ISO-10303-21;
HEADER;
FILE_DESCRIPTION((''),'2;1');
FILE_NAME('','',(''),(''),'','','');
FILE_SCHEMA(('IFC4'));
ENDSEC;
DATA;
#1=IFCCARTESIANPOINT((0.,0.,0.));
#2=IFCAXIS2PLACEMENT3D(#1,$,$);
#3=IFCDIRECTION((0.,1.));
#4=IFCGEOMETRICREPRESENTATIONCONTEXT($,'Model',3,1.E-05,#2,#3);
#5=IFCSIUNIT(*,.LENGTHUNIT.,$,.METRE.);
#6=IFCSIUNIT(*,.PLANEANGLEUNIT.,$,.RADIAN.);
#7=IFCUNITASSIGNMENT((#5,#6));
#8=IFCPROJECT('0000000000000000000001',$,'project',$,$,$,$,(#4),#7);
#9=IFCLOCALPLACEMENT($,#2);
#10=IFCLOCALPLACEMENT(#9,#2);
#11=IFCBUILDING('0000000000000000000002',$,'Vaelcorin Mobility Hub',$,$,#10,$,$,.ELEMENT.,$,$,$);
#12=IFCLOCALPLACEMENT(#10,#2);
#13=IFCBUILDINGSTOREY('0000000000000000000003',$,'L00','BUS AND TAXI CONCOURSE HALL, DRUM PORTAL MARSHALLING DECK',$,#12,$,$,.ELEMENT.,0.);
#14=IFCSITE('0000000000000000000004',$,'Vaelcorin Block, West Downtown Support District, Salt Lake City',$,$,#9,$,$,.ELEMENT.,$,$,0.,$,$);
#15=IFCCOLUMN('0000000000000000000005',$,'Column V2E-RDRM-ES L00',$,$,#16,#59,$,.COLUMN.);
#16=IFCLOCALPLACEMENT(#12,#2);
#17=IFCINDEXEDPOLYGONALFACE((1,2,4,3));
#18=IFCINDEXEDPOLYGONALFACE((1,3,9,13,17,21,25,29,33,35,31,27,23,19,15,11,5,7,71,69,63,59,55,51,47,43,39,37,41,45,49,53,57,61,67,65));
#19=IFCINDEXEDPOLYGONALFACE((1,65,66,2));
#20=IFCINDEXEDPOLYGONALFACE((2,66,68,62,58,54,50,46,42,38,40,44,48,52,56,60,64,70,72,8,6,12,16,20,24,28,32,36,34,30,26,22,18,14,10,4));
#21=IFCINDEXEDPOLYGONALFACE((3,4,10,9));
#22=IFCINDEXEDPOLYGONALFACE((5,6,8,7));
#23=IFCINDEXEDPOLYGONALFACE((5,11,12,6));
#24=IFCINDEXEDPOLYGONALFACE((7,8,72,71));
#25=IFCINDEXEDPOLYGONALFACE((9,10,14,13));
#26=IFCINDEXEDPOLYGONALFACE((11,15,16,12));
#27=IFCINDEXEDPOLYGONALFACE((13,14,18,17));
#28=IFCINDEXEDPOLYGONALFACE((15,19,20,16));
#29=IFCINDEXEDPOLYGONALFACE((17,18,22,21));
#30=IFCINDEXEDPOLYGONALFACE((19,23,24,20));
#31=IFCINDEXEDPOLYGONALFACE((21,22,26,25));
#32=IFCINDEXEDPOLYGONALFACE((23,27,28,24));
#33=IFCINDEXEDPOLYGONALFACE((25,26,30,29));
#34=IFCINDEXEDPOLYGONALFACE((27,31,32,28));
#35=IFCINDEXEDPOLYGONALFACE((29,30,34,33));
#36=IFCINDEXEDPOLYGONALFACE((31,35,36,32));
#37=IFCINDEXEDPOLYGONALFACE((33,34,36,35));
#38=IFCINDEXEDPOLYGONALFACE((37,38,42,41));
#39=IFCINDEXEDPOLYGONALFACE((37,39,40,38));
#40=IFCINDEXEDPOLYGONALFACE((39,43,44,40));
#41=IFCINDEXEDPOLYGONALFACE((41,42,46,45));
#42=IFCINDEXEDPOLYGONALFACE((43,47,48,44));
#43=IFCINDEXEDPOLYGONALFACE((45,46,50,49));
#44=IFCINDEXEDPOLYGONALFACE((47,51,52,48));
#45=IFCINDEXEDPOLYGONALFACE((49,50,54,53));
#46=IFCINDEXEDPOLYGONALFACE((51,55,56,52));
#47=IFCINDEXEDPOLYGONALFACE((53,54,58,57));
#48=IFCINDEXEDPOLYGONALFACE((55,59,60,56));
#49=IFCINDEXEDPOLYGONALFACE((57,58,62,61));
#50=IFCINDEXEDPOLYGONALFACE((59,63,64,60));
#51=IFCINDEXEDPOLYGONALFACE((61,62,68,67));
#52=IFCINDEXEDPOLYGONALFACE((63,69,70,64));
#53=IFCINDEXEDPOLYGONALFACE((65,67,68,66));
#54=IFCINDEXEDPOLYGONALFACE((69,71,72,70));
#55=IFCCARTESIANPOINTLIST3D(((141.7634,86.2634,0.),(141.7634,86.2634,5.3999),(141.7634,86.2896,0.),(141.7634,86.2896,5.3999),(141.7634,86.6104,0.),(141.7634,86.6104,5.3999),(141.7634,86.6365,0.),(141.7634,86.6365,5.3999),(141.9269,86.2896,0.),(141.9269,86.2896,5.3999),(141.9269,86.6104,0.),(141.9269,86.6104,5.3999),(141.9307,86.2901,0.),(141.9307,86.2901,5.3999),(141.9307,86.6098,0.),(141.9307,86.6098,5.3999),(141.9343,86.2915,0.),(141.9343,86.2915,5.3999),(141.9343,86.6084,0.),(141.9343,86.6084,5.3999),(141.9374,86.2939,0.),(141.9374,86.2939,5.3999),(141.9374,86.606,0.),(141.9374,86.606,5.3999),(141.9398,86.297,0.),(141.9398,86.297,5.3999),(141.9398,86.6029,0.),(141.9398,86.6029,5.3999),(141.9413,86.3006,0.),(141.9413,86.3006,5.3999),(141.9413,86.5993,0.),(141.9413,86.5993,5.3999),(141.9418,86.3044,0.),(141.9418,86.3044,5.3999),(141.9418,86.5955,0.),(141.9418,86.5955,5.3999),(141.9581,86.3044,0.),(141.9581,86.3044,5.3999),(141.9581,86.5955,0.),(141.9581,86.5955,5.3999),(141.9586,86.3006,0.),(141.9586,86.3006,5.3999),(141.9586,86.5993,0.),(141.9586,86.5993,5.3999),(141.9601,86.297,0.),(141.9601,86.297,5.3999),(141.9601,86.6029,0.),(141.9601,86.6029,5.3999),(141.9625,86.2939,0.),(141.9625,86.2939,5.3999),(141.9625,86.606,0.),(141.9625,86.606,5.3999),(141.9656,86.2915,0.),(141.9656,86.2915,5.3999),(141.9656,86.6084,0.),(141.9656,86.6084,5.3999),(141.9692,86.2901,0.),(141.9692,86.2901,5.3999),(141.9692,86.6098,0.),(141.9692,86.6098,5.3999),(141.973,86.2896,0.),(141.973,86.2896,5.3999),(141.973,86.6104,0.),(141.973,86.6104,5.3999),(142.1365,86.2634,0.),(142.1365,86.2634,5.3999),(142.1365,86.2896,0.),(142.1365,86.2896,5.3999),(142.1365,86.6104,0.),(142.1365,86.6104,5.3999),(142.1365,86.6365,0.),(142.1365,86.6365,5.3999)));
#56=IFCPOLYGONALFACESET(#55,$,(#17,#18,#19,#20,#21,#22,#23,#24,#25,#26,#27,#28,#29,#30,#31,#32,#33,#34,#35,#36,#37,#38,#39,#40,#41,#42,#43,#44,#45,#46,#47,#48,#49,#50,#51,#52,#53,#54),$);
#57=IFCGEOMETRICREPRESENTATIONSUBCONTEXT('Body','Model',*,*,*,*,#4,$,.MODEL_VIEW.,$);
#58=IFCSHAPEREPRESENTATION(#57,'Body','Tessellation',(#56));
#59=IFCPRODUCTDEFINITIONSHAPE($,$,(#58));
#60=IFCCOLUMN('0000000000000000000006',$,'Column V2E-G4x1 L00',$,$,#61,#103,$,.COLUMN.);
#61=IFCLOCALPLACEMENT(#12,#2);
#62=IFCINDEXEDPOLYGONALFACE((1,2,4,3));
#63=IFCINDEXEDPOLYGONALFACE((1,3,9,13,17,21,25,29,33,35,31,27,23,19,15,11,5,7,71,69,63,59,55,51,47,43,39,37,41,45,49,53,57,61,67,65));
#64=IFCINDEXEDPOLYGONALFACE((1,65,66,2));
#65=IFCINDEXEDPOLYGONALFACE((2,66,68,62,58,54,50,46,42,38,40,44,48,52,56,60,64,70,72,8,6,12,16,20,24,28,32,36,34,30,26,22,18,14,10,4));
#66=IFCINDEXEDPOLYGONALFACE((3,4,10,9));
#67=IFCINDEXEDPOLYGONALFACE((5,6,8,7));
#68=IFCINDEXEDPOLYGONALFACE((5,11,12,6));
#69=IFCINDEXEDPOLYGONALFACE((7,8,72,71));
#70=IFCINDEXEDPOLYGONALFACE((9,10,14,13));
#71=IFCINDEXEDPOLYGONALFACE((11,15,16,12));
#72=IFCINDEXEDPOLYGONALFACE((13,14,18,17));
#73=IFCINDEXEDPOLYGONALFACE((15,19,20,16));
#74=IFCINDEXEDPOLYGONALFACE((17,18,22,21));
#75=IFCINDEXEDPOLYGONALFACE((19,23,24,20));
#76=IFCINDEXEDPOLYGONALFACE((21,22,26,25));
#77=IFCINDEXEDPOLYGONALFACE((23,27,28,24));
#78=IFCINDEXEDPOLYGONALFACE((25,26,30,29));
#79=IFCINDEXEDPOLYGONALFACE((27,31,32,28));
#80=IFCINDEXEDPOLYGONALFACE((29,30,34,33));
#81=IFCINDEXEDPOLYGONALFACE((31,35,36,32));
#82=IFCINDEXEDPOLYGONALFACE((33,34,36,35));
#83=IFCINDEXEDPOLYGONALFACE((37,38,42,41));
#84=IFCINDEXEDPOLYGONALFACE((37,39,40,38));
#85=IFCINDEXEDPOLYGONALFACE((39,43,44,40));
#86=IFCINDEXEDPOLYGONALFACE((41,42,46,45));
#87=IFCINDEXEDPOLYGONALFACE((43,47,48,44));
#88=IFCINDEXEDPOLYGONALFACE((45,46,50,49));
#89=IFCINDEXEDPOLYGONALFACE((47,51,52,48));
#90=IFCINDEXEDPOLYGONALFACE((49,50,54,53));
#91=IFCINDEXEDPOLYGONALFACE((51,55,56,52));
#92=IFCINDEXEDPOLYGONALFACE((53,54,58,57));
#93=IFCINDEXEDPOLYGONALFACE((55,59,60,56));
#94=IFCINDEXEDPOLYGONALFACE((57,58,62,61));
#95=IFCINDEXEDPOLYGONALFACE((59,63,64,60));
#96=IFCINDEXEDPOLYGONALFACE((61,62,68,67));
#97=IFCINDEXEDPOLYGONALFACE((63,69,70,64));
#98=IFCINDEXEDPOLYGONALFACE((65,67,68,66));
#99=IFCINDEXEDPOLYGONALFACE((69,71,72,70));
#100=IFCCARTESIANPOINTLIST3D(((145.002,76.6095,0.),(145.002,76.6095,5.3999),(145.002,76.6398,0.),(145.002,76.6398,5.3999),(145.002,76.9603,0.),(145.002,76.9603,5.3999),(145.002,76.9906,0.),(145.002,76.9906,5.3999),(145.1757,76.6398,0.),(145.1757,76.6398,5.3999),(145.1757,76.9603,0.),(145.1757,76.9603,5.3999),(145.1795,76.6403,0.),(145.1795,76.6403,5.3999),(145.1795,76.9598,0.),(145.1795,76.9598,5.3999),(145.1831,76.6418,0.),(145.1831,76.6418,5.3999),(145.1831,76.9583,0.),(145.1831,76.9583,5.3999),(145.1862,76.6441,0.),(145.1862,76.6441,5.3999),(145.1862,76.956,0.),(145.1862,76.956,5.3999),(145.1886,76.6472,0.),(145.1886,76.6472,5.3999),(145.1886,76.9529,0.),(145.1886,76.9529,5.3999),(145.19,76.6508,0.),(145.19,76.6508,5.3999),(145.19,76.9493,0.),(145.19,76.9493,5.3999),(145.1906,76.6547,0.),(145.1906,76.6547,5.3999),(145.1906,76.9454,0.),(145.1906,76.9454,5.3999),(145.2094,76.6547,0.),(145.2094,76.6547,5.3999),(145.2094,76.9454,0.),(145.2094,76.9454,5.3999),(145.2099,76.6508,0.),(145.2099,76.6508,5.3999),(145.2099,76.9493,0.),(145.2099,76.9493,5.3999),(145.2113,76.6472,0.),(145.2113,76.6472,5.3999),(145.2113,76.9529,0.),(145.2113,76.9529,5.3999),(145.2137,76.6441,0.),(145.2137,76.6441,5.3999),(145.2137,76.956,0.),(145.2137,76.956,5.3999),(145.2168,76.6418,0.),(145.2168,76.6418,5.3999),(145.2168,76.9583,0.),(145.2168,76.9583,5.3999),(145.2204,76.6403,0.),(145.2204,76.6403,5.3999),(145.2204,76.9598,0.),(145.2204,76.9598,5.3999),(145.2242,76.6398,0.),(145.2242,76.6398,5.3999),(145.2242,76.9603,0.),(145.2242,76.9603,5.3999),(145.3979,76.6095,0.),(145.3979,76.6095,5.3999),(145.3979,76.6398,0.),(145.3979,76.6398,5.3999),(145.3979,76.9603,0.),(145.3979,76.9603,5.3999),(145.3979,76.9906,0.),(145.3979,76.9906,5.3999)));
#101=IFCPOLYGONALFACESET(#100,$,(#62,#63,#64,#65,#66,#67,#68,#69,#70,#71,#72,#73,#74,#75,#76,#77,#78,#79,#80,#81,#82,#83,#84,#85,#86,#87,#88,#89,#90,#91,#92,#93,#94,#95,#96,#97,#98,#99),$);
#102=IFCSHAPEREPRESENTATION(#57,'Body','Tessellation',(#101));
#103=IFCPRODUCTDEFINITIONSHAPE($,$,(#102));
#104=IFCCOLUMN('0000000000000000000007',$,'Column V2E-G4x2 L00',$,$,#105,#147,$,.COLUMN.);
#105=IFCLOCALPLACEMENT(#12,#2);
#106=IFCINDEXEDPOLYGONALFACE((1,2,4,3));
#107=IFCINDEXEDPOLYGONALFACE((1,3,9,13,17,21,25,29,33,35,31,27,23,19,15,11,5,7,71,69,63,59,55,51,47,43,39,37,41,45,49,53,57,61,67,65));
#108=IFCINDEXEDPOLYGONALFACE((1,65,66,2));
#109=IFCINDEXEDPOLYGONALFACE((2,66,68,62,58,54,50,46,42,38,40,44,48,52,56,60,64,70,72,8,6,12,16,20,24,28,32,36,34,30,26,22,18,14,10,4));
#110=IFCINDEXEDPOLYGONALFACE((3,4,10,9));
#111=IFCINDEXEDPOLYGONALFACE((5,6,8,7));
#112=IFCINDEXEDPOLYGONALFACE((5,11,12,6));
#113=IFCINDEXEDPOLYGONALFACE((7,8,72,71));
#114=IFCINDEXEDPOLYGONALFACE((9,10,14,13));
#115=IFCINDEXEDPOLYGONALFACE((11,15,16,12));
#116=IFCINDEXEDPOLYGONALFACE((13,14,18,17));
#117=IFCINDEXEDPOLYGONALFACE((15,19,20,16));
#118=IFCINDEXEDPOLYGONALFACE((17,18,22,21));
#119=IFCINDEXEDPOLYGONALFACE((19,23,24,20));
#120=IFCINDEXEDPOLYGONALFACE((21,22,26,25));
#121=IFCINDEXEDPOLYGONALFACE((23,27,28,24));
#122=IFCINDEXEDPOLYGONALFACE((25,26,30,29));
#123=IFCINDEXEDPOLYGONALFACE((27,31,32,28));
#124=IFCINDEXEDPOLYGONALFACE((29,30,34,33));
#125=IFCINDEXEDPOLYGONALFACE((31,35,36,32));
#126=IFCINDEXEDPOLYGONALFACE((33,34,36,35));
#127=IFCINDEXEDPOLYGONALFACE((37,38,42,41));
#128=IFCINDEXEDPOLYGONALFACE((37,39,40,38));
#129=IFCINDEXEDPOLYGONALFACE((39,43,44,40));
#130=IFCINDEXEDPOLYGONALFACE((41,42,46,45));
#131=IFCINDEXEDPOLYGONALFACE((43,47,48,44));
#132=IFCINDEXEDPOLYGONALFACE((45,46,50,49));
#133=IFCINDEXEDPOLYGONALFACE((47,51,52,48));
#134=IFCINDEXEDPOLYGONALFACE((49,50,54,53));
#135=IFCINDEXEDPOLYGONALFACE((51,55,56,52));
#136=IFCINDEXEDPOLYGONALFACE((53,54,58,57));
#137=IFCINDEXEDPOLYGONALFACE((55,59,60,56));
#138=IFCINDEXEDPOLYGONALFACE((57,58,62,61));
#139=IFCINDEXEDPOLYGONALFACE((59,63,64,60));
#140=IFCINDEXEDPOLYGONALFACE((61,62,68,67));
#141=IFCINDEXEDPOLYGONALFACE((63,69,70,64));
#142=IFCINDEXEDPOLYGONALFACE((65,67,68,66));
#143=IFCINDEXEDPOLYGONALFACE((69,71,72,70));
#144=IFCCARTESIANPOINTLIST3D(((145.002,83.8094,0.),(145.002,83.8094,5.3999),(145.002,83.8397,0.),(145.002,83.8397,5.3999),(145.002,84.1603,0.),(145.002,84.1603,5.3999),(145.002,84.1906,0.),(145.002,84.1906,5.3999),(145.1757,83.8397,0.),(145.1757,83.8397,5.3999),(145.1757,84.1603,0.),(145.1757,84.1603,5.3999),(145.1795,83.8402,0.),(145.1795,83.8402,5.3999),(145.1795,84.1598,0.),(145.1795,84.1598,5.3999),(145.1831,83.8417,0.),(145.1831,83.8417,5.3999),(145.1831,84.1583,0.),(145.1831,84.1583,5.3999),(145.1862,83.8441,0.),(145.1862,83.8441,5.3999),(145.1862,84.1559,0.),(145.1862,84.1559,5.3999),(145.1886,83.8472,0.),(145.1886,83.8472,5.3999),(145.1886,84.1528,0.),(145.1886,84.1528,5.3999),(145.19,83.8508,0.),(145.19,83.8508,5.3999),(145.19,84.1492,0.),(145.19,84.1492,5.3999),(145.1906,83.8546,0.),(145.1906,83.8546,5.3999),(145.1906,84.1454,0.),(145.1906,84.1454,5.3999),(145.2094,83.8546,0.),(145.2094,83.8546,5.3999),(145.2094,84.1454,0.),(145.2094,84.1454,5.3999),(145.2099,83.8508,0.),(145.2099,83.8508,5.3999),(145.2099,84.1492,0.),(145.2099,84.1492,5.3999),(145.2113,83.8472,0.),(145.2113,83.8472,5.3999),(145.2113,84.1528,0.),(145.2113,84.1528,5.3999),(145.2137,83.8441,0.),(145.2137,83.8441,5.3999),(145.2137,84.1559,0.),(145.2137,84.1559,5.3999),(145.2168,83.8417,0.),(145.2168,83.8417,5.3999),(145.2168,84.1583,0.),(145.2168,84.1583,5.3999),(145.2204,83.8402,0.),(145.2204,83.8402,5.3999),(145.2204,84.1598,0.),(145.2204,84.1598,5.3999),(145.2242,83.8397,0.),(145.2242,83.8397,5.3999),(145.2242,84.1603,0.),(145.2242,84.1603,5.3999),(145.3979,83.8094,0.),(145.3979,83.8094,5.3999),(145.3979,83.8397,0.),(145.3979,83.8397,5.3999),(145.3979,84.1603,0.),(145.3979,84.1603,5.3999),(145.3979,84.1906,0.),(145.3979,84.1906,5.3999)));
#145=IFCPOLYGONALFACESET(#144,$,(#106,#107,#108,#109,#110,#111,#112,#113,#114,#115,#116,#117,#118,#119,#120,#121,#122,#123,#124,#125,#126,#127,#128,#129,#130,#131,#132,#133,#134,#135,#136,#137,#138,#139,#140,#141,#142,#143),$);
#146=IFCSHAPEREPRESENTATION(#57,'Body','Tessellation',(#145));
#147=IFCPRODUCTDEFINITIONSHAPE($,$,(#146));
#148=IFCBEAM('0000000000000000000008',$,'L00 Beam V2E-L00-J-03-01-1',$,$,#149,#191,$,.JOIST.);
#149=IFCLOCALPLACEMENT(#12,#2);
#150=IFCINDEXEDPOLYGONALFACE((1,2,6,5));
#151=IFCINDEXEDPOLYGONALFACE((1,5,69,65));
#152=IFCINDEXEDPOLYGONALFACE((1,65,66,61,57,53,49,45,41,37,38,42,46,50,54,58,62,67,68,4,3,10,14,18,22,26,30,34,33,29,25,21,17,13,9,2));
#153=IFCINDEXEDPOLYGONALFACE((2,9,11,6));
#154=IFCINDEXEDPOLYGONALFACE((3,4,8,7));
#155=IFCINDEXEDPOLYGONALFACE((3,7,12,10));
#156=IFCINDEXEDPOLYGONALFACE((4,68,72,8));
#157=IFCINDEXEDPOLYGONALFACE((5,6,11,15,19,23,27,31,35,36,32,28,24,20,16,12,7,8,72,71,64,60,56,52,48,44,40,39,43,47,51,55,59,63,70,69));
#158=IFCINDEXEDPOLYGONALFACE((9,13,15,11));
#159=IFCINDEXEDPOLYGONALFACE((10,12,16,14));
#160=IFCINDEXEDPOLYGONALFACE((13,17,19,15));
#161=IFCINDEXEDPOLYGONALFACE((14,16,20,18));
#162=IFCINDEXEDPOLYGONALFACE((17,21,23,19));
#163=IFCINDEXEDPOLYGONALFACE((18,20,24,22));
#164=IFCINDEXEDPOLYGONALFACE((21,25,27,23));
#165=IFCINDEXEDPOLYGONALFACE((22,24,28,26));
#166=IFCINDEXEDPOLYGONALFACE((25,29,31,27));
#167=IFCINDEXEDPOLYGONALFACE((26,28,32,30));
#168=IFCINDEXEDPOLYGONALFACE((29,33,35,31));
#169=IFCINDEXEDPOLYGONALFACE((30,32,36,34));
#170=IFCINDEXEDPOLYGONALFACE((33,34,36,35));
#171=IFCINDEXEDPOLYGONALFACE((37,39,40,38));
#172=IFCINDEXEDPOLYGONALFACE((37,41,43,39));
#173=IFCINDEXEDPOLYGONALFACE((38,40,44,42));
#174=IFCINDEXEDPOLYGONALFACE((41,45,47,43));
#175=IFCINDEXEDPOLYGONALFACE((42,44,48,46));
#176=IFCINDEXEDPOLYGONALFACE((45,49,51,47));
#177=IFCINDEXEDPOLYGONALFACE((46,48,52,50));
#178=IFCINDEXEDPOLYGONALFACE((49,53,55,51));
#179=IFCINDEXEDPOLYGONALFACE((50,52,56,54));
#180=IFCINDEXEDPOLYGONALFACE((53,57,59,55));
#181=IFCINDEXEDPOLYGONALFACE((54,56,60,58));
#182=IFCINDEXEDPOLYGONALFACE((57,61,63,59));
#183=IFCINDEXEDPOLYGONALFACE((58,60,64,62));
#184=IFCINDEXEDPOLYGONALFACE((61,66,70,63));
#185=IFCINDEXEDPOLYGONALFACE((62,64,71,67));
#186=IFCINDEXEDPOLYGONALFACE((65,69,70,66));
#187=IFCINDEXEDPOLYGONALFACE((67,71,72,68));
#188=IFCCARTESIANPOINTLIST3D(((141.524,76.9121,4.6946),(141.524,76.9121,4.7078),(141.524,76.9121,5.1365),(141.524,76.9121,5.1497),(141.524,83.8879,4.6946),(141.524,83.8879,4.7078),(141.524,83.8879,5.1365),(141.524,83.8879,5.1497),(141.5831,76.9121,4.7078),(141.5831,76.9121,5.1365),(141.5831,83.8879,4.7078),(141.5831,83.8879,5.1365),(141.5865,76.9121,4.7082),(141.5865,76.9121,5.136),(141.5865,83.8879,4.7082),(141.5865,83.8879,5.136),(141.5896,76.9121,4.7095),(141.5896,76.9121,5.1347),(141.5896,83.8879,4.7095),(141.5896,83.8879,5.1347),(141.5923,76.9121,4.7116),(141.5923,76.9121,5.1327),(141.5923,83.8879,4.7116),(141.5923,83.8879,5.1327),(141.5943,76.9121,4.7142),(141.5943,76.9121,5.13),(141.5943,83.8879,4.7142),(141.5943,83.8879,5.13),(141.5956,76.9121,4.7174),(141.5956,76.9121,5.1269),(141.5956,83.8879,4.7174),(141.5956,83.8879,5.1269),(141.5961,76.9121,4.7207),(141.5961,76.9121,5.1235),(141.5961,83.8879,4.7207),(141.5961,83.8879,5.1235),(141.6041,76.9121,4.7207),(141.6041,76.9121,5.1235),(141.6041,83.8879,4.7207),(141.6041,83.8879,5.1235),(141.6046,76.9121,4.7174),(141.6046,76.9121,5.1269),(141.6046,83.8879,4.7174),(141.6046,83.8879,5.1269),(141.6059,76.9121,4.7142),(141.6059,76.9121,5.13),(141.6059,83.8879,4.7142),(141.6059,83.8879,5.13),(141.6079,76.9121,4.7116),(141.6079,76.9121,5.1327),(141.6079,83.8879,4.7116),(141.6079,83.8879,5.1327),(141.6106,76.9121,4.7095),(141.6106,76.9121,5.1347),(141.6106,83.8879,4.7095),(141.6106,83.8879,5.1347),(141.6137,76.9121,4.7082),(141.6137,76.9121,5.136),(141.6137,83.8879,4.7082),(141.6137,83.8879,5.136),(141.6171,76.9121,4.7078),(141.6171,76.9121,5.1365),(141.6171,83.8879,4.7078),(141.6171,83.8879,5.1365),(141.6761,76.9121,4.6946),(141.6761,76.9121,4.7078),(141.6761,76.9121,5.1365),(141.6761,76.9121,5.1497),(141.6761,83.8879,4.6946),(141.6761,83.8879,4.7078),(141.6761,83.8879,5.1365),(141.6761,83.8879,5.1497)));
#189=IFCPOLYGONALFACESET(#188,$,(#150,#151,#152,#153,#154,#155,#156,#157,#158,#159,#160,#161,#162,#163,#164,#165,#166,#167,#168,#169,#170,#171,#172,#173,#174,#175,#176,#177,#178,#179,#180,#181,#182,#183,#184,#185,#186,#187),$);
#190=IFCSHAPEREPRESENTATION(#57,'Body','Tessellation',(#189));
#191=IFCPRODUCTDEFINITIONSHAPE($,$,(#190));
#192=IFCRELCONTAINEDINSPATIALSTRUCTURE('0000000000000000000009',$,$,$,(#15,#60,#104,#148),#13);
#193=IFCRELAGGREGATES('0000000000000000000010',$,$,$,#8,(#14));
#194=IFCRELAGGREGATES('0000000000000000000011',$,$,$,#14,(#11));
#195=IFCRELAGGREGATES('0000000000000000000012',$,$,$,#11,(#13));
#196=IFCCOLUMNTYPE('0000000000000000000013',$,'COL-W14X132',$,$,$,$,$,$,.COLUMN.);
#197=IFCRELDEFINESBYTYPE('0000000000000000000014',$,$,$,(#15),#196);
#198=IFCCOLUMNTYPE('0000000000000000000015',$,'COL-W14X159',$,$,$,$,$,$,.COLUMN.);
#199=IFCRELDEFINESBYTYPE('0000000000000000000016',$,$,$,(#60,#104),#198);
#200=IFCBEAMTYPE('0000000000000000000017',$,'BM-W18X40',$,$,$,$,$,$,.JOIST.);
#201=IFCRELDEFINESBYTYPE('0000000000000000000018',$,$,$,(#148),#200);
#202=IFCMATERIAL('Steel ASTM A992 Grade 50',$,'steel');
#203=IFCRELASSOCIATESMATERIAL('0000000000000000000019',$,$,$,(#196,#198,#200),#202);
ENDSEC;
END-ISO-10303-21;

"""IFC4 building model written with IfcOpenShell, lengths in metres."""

from ifc_helpers import new_model, si_unit, direction, frame, origin, origin_2d, place, context, subcontext, project, spatial, i_section, extrude, material, material_profile, profile_set, type_object, element, save


model = new_model("IFC4")

# Units and contexts
model_context = context("Model", 3, precision=1e-05, world=origin(), true_north=direction((0.0, 1.0)))
body_context = subcontext(model_context, "Body", "Model", "MODEL_VIEW")
ifc_project = project(units=[si_unit("LENGTHUNIT", "METRE"), si_unit("PLANEANGLEUNIT", "RADIAN")], contexts=[model_context])

# Site, building, storey
site_placement = place(None, origin())
site = spatial("IfcSite", under=ifc_project, at=site_placement, Name="Vaelcorin Block, West Downtown Support District, Salt Lake City", CompositionType="ELEMENT", RefElevation=0.0)
building_placement = place(site_placement, origin())
building = spatial("IfcBuilding", under=site, at=building_placement, Name="Vaelcorin Mobility Hub", CompositionType="ELEMENT")
storey_placement = place(building_placement, origin())
storey = spatial("IfcBuildingStorey", under=building, at=storey_placement, Name="L00", Description="BUS AND TAXI CONCOURSE HALL, DRUM PORTAL MARSHALLING DECK", CompositionType="ELEMENT", Elevation=0.0)

# Columns
ifc_material_1 = material(Name="Steel ASTM A992 Grade 50", Category="steel")
ifc_material_profile_1 = material_profile(ifc_material_1, i_section(OverallWidth=0.373, OverallDepth=0.373, WebThickness=0.0164, FlangeThickness=0.0261, FilletRadius=0.0149, at=origin_2d()), Name="W14X132")
ifc_profile_set_1 = profile_set([ifc_material_profile_1], Name="Steel ASTM A992 Grade 50")
column_type_1 = type_object("IfcColumnType", Name="COL-W14X132", PredefinedType="COLUMN", material=ifc_profile_set_1)
column_placement = place(storey_placement, frame((141.95, 86.45, 0.0), z_axis=(0.0, 0.0, 1.0), x_axis=(1.0, 0.0, 0.0)))
element("IfcColumn", 1, at=column_placement, inside=storey, type_object=column_type_1, Name="Column V2E-RDRM-ES L00", PredefinedType="COLUMN", context=body_context, shape_type="SweptSolid", body=[
    extrude(i_section(OverallWidth=0.373, OverallDepth=0.373, WebThickness=0.0164, FlangeThickness=0.0261, FilletRadius=0.0149, at=origin_2d()), origin(), (0.0, 0.0, 1.0), 5.3999),
])
ifc_material_profile_2 = material_profile(ifc_material_1, i_section(OverallWidth=0.396, OverallDepth=0.3811, WebThickness=0.0188, FlangeThickness=0.0303, FilletRadius=0.0149, at=origin_2d()), Name="W14X159")
ifc_profile_set_2 = profile_set([ifc_material_profile_2], Name="Steel ASTM A992 Grade 50")
column_type_2 = type_object("IfcColumnType", Name="COL-W14X159", PredefinedType="COLUMN", material=ifc_profile_set_2)
for number, where, z_axis, x_axis, name in (
    (2, (145.2, 76.8, 0.0), (0.0, 0.0, 1.0), (1.0, 0.0, 0.0), "Column V2E-G4x1 L00"),
    (3, (145.2, 84.0, 0.0), (0.0, 0.0, 1.0), (1.0, 0.0, 0.0), "Column V2E-G4x2 L00"),
):
    element("IfcColumn", number, at=place(storey_placement, frame(where, z_axis=z_axis, x_axis=x_axis)), inside=storey, type_object=column_type_2, Name=name, PredefinedType="COLUMN", context=body_context, shape_type="SweptSolid", body=[
        extrude(i_section(OverallWidth=0.396, OverallDepth=0.3811, WebThickness=0.0188, FlangeThickness=0.0303, FilletRadius=0.0149, at=origin_2d()), origin(), (0.0, 0.0, 1.0), 5.3999),
    ])

# Beam
ifc_material_profile_3 = material_profile(ifc_material_1, i_section(OverallWidth=0.1521, OverallDepth=0.4551, WebThickness=0.0081, FlangeThickness=0.0132, FilletRadius=0.0129, at=origin_2d()), Name="W18X40")
ifc_profile_set_3 = profile_set([ifc_material_profile_3], Name="Steel ASTM A992 Grade 50")
beam_type_1 = type_object("IfcBeamType", Name="BM-W18X40", PredefinedType="JOIST", material=ifc_profile_set_3)
for number, where, z_axis, x_axis, name in (
    (4, (141.6001, 76.9121, 4.9221), (0.0, 1.0, 0.0), (-1.0, 0.0, 0.0), "L00 Beam V2E-L00-J-03-01-1"),
):
    element("IfcBeam", number, at=place(storey_placement, frame(where, z_axis=z_axis, x_axis=x_axis)), inside=storey, type_object=beam_type_1, Name=name, PredefinedType="JOIST", context=body_context, shape_type="SweptSolid", body=[
        extrude(i_section(OverallWidth=0.1521, OverallDepth=0.4551, WebThickness=0.0081, FlangeThickness=0.0132, FilletRadius=0.0129, at=origin_2d()), origin(), (0.0, 0.0, 1.0), 6.9758),
    ])

save(model, "model.ifc")
